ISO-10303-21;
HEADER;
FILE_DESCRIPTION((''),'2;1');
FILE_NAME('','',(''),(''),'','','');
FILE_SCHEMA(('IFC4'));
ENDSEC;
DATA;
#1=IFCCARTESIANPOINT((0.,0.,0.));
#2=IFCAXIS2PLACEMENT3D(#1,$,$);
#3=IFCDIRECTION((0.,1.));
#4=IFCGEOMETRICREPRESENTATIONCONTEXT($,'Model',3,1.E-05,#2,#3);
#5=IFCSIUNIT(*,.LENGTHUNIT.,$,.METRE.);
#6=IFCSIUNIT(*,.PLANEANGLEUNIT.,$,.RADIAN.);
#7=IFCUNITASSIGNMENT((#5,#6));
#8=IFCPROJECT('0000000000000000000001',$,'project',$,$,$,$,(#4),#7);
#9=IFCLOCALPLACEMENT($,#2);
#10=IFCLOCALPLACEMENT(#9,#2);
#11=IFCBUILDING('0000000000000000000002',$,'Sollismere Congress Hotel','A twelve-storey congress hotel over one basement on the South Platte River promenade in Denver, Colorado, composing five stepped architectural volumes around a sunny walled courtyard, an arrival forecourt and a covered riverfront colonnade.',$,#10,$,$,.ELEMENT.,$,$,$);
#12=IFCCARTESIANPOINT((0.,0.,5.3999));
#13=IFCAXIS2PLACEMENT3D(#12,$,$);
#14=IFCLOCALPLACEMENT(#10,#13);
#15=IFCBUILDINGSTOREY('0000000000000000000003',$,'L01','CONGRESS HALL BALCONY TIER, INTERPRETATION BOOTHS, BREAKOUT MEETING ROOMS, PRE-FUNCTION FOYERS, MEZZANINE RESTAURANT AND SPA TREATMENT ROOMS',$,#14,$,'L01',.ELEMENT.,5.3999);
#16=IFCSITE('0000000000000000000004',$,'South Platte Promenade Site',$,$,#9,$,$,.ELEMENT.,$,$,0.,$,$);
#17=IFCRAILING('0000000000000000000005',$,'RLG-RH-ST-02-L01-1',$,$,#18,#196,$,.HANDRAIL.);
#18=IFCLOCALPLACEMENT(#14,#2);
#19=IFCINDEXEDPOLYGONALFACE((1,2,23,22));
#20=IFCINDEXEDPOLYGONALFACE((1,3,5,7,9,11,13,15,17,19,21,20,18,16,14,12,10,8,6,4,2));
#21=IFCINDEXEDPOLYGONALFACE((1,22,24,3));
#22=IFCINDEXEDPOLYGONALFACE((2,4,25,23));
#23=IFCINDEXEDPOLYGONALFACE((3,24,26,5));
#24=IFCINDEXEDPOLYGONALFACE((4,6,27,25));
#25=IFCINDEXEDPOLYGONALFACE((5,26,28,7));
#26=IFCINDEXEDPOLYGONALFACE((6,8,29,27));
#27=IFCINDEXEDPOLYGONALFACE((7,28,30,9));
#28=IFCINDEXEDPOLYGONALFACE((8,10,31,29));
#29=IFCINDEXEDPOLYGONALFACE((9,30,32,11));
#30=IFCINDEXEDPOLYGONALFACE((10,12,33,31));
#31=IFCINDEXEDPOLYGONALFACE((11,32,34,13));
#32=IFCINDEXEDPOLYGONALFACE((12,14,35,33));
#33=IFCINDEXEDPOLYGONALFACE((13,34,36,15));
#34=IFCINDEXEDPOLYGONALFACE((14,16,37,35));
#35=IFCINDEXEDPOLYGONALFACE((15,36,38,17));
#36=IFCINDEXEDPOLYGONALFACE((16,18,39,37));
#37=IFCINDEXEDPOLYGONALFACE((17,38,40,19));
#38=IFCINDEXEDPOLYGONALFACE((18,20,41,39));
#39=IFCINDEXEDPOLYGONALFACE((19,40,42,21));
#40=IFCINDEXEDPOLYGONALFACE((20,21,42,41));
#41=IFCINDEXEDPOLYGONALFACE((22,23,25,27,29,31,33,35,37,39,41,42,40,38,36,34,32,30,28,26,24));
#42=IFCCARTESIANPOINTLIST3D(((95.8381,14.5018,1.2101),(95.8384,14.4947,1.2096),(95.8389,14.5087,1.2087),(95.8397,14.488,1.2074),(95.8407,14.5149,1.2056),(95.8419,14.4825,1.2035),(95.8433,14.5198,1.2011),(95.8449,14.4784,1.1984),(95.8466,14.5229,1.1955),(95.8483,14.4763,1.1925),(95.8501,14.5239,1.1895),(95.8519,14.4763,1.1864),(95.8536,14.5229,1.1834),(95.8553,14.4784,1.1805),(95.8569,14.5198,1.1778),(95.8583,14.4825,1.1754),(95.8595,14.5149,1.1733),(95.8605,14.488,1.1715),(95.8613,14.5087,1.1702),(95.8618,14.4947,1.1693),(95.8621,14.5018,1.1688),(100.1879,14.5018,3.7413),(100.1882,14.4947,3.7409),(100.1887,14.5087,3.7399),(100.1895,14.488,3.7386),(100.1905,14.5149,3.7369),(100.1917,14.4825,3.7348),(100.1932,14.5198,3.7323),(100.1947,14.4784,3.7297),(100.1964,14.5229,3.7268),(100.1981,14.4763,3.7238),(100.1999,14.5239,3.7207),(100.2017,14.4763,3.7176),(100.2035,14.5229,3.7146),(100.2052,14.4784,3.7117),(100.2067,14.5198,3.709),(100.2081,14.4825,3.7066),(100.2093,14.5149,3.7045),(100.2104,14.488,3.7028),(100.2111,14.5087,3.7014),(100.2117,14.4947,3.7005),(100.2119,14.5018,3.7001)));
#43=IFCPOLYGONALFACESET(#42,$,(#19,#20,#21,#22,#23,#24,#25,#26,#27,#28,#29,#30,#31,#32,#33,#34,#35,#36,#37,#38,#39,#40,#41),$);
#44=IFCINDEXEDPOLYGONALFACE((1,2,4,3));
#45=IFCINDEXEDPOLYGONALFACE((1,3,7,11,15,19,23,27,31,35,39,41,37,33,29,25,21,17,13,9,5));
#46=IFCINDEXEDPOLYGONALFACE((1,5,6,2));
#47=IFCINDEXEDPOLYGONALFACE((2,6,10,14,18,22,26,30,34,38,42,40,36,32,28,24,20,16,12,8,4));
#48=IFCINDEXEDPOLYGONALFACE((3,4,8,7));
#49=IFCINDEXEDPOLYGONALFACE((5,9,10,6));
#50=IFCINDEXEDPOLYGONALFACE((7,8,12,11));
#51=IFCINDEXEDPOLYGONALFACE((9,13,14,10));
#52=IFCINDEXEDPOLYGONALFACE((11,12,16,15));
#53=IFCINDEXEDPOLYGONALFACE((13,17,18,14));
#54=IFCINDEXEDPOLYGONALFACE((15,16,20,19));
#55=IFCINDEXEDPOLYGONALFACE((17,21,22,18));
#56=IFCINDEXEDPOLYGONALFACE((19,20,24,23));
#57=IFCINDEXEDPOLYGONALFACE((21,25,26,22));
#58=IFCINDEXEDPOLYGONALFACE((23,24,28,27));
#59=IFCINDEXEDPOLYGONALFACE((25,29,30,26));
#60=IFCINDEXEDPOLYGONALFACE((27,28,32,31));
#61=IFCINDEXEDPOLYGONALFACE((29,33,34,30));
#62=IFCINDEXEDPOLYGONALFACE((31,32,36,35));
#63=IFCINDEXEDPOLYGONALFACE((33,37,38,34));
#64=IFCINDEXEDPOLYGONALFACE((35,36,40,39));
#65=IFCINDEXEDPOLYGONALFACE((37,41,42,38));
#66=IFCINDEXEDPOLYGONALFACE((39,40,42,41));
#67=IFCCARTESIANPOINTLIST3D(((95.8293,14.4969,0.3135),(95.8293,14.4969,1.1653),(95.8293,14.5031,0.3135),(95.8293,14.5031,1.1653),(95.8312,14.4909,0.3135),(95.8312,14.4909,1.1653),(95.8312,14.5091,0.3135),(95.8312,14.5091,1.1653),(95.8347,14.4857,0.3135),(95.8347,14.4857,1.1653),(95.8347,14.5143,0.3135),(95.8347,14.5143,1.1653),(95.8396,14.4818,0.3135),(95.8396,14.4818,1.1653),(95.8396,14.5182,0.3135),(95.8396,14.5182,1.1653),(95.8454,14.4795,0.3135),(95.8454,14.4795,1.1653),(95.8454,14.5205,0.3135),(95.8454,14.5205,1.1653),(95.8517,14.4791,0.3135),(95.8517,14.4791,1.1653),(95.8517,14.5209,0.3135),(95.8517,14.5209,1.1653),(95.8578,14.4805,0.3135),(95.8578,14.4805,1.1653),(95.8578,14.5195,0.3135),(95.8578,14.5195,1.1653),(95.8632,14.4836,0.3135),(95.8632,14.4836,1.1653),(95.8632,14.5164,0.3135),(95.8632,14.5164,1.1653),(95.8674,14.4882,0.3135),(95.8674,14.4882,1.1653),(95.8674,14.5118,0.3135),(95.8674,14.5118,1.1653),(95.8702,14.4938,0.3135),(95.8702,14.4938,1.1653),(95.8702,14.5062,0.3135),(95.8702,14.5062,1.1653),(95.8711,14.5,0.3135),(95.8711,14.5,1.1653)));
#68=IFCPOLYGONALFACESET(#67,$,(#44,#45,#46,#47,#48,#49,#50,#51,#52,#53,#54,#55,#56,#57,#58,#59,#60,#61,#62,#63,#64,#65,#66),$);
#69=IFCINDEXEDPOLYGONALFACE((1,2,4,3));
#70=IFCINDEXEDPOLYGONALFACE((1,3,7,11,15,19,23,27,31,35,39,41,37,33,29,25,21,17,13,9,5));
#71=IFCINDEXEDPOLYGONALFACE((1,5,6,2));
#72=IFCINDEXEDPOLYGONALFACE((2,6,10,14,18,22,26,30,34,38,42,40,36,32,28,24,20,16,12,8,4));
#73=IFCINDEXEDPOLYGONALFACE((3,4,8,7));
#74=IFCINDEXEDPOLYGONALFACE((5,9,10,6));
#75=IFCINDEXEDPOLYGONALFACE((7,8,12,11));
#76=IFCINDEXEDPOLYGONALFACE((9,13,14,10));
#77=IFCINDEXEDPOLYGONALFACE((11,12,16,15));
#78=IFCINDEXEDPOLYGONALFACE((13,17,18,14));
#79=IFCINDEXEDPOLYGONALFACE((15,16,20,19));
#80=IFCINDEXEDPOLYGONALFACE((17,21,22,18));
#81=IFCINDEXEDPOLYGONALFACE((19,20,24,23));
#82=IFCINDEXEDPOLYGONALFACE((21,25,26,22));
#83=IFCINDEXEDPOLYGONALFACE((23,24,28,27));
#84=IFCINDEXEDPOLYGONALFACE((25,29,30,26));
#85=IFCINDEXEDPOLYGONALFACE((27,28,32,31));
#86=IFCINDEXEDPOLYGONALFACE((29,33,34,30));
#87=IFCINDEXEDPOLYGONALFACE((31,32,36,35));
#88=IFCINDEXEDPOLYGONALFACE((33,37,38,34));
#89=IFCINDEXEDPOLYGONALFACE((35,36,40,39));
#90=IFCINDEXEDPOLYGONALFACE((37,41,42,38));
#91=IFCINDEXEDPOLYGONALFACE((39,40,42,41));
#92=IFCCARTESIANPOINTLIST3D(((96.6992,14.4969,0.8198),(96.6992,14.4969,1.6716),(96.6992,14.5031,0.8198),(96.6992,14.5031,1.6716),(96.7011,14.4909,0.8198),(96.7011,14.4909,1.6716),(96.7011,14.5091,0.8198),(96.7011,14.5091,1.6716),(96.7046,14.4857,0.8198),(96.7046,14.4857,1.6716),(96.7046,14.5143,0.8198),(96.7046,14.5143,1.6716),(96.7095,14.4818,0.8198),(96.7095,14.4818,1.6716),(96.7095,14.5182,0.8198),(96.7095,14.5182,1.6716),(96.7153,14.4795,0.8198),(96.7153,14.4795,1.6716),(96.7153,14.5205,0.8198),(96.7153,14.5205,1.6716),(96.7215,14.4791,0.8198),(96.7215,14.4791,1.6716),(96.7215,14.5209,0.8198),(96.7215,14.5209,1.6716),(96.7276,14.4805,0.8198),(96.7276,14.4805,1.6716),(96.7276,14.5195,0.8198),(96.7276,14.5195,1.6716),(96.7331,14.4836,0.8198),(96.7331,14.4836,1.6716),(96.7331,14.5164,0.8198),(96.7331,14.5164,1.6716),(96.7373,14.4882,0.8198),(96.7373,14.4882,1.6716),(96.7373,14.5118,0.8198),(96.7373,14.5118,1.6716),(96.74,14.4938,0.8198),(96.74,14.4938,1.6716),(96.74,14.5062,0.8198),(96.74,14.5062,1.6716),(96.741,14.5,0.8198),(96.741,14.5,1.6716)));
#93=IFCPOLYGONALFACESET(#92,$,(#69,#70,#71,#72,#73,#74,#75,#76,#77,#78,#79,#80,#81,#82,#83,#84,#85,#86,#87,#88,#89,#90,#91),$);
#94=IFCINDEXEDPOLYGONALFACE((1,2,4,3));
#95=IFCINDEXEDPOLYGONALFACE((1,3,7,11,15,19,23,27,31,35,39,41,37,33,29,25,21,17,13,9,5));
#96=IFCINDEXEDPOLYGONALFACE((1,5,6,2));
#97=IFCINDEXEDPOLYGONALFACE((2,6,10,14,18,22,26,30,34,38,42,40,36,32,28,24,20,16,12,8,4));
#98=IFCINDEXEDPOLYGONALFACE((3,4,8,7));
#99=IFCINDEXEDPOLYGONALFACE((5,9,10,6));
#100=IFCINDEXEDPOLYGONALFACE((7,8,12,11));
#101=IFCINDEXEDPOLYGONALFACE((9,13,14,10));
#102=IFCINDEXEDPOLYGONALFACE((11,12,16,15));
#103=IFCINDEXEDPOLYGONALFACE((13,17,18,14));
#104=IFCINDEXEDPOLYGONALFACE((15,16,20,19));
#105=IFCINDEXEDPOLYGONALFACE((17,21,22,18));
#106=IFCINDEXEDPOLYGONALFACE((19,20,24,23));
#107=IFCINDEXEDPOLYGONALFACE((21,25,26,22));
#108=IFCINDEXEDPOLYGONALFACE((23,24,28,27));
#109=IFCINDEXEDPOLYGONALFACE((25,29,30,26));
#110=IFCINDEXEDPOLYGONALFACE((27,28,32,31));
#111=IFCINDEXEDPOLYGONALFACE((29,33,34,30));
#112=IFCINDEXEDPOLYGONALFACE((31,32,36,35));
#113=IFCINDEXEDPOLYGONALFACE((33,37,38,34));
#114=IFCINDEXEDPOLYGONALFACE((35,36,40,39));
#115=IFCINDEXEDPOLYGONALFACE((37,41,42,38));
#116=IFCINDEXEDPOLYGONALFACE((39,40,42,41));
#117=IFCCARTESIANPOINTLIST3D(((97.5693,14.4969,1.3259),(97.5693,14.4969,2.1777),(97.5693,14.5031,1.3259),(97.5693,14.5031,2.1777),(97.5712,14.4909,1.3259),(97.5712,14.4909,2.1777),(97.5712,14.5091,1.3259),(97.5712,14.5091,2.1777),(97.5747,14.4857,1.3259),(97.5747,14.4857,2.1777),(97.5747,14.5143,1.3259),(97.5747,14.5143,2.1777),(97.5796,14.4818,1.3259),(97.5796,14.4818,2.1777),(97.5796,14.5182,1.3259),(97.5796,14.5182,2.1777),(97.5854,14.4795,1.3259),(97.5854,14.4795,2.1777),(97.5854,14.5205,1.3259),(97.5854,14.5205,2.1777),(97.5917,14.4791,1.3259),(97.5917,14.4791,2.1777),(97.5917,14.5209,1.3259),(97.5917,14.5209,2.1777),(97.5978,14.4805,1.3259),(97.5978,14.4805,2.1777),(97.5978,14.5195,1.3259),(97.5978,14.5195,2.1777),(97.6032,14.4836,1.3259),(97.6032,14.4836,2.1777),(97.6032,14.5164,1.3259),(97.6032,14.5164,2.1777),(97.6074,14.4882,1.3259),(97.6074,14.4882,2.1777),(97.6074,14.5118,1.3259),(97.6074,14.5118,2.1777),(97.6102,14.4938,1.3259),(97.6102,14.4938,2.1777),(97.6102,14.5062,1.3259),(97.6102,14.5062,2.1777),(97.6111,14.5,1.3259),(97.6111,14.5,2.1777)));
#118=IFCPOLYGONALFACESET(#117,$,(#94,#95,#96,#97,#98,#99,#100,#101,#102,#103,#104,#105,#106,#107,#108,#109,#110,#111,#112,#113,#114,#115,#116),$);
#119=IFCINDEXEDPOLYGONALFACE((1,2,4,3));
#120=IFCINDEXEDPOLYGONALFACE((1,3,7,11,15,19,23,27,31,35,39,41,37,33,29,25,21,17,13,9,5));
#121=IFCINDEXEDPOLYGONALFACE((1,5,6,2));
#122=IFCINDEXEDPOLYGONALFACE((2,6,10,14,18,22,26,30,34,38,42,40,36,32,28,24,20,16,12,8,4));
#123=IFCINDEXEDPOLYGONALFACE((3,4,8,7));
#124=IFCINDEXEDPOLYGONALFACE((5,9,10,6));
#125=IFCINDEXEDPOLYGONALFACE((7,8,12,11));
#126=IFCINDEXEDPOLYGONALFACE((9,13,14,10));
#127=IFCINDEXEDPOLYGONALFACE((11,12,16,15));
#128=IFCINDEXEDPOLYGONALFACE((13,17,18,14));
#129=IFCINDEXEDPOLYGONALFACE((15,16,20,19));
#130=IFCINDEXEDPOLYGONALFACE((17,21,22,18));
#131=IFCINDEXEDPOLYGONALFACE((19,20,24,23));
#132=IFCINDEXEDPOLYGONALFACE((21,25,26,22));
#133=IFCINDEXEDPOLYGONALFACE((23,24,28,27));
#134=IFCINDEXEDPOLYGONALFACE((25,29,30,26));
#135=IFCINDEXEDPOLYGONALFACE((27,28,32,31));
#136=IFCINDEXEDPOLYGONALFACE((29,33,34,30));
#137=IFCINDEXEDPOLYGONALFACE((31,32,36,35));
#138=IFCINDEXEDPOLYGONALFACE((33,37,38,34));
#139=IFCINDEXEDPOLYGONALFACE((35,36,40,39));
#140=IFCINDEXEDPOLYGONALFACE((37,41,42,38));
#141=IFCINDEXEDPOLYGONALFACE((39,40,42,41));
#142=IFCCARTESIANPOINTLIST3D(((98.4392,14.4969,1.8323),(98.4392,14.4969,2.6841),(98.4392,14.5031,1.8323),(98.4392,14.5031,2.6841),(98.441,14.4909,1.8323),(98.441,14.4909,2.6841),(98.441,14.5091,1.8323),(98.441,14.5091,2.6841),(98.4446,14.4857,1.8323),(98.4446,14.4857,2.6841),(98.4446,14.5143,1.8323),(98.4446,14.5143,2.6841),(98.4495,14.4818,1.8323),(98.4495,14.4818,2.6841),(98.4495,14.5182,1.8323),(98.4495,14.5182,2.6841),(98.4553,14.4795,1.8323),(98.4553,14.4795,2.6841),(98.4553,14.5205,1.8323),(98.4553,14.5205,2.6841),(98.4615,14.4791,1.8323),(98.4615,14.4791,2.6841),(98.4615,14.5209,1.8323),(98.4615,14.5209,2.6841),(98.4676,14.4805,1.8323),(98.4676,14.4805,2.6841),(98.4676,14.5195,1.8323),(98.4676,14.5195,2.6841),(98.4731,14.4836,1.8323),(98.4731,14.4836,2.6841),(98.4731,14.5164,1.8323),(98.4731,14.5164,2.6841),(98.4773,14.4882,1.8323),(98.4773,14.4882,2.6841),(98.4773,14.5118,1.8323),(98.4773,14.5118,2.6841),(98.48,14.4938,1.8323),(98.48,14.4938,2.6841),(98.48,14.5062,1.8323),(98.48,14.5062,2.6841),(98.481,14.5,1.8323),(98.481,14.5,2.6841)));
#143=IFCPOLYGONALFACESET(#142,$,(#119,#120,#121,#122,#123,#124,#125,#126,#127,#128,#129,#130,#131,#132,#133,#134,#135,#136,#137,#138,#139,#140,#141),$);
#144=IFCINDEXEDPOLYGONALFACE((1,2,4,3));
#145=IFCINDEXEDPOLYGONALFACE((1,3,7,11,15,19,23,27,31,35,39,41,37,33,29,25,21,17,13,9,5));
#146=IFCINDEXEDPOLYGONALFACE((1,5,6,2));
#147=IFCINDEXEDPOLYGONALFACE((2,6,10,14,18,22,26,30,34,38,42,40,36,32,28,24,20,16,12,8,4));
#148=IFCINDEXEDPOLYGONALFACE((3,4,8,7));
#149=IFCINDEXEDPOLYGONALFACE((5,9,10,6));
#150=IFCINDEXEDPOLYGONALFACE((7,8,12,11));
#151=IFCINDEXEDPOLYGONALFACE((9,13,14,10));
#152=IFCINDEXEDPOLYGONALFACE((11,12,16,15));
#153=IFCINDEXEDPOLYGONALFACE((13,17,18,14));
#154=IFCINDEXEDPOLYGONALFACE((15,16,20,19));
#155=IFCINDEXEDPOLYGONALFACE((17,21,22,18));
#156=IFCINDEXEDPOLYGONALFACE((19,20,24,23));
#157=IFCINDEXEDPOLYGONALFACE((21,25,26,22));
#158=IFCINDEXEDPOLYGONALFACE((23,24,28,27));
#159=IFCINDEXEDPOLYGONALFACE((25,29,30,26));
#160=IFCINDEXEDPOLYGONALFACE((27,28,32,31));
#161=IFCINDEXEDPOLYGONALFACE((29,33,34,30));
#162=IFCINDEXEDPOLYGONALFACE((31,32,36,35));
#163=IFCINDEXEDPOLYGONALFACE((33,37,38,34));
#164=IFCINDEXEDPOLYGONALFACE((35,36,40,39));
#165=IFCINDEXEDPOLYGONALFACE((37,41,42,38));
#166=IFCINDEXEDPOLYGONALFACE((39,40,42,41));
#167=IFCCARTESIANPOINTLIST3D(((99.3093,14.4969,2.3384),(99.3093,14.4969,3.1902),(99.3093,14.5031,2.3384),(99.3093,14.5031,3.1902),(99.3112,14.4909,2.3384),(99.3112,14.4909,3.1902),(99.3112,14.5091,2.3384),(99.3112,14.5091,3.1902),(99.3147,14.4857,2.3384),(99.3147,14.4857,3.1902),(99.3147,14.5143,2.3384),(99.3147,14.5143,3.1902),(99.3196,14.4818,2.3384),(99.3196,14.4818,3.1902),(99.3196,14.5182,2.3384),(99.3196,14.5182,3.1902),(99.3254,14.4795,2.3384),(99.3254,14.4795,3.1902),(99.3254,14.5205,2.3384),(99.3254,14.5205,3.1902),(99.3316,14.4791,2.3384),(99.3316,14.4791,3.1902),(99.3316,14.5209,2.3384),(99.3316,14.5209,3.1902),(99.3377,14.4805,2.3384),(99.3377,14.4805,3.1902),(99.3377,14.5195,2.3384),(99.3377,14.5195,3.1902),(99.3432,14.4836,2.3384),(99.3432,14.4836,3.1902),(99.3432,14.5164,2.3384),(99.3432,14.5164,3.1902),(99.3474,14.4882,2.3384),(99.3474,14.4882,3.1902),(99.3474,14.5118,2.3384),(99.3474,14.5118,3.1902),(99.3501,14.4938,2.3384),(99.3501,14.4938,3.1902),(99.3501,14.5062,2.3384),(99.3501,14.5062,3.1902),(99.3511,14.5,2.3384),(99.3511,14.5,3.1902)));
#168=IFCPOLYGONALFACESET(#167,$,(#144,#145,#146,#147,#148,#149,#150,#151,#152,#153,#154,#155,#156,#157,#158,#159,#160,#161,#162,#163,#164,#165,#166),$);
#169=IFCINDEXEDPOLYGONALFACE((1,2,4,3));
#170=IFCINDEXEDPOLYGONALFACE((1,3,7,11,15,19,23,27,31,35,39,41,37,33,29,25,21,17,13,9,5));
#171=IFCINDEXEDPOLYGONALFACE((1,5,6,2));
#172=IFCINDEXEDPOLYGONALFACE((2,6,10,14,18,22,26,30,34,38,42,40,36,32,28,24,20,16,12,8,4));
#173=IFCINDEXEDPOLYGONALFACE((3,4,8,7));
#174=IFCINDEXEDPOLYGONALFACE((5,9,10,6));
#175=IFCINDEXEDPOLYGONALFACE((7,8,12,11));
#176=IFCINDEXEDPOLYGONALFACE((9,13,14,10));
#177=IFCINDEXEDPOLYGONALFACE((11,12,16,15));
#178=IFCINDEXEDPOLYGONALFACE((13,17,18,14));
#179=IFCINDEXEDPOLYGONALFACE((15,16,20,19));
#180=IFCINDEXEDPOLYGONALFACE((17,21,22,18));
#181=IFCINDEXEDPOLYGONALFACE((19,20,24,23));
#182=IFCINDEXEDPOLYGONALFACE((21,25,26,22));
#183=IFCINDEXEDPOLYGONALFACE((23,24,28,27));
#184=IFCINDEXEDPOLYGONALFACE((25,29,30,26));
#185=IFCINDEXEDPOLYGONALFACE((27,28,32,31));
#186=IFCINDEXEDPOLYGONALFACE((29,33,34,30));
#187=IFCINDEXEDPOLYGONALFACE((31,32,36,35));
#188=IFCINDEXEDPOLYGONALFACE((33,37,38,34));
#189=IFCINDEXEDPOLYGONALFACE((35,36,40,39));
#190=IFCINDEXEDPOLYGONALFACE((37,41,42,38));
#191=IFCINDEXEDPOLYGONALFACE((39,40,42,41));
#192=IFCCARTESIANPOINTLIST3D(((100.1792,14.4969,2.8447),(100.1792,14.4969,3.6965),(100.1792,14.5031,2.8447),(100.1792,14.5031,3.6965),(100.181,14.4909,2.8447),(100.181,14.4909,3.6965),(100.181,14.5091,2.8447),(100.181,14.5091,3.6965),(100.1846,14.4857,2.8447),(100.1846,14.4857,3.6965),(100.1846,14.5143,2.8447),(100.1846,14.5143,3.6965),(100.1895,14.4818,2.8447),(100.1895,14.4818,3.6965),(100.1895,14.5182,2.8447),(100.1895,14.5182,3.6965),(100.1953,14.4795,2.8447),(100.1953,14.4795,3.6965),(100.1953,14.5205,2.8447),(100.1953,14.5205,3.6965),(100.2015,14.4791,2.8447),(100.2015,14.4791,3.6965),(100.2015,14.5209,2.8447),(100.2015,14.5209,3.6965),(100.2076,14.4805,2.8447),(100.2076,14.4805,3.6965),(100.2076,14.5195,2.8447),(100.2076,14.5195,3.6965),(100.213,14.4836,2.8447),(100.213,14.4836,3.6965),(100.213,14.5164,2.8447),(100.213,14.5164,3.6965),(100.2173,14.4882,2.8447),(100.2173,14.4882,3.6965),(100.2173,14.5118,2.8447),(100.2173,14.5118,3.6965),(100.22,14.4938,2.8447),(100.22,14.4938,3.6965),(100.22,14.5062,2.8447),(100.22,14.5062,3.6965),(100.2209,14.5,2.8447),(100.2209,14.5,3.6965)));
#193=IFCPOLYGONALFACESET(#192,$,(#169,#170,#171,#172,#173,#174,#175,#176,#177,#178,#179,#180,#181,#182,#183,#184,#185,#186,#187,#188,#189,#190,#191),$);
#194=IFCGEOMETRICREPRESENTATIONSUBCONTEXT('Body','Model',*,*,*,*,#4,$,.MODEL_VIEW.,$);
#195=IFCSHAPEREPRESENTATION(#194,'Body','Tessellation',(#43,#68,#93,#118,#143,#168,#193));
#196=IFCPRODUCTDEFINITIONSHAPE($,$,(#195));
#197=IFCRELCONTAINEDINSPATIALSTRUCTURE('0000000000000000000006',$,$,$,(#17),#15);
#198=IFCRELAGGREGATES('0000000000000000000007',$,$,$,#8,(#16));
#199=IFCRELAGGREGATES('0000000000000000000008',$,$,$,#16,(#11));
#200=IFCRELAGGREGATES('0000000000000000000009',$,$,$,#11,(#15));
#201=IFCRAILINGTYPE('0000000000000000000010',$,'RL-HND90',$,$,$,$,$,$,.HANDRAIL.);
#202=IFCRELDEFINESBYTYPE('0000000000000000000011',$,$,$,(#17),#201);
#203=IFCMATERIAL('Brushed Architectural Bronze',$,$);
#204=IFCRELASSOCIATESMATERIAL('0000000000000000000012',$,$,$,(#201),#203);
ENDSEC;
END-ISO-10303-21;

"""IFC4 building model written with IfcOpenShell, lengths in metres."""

from ifc_helpers import new_model, si_unit, direction, frame, origin, origin_2d, place, context, subcontext, project, spatial, circle, extrude, material, type_object, element, save


model = new_model("IFC4")

# Units and contexts
model_context = context("Model", 3, precision=1e-05, world=origin(), true_north=direction((0.0, 1.0)))
body_context = subcontext(model_context, "Body", "Model", "MODEL_VIEW")
ifc_project = project(units=[si_unit("LENGTHUNIT", "METRE"), si_unit("PLANEANGLEUNIT", "RADIAN")], contexts=[model_context])

# Site, building, storey
site_placement = place(None, origin())
site = spatial("IfcSite", under=ifc_project, at=site_placement, Name="South Platte Promenade Site", CompositionType="ELEMENT", RefElevation=0.0)
building_placement = place(site_placement, origin())
building = spatial("IfcBuilding", under=site, at=building_placement, Name="Sollismere Congress Hotel", Description="A twelve-storey congress hotel over one basement on the South Platte River promenade in Denver, Colorado, composing five stepped architectural volumes around a sunny walled courtyard, an arrival forecourt and a covered riverfront colonnade.", CompositionType="ELEMENT")
storey_placement = place(building_placement, frame((0.0, 0.0, 5.3999)))
storey = spatial("IfcBuildingStorey", under=building, at=storey_placement, Name="L01", Description="CONGRESS HALL BALCONY TIER, INTERPRETATION BOOTHS, BREAKOUT MEETING ROOMS, PRE-FUNCTION FOYERS, MEZZANINE RESTAURANT AND SPA TREATMENT ROOMS", LongName="L01", CompositionType="ELEMENT", Elevation=5.3999)

# Railing
ifc_material_1 = material(Name="Brushed Architectural Bronze")
railing_type_1 = type_object("IfcRailingType", Name="RL-HND90", PredefinedType="HANDRAIL", material=ifc_material_1)
railing_1_placement = place(storey_placement, frame((95.8501, 14.5, 0.3135)))
element("IfcRailing", 1, at=railing_1_placement, inside=storey, type_object=railing_type_1, Name="RLG-RH-ST-02-L01-1", PredefinedType="HANDRAIL", context=body_context, shape_type="SweptSolid", body=[
    extrude(circle(Radius=0.0239, at=origin_2d()), frame((0.0, 0.0, 0.876), z_axis=(0.864312, 0.0, 0.502957), x_axis=(0.0, 1.0, 0.0)), (0.0, 0.0, 1.0), 5.0327),
    extrude(circle(Radius=0.021, at=origin_2d()), origin(), (0.0, 0.0, 1.0), 0.8518),
    extrude(circle(Radius=0.021, at=origin_2d()), frame((0.8699, 0.0, 0.5063)), (0.0, 0.0, 1.0), 0.8518),
    extrude(circle(Radius=0.021, at=origin_2d()), frame((1.74, 0.0, 1.0125)), (0.0, 0.0, 1.0), 0.8518),
    extrude(circle(Radius=0.021, at=origin_2d()), frame((2.6099, 0.0, 1.5188)), (0.0, 0.0, 1.0), 0.8518),
    extrude(circle(Radius=0.021, at=origin_2d()), frame((3.48, 0.0, 2.0249)), (0.0, 0.0, 1.0), 0.8518),
    extrude(circle(Radius=0.021, at=origin_2d()), frame((4.3499, 0.0, 2.5312)), (0.0, 0.0, 1.0), 0.8518),
])

save(model, "model.ifc")
